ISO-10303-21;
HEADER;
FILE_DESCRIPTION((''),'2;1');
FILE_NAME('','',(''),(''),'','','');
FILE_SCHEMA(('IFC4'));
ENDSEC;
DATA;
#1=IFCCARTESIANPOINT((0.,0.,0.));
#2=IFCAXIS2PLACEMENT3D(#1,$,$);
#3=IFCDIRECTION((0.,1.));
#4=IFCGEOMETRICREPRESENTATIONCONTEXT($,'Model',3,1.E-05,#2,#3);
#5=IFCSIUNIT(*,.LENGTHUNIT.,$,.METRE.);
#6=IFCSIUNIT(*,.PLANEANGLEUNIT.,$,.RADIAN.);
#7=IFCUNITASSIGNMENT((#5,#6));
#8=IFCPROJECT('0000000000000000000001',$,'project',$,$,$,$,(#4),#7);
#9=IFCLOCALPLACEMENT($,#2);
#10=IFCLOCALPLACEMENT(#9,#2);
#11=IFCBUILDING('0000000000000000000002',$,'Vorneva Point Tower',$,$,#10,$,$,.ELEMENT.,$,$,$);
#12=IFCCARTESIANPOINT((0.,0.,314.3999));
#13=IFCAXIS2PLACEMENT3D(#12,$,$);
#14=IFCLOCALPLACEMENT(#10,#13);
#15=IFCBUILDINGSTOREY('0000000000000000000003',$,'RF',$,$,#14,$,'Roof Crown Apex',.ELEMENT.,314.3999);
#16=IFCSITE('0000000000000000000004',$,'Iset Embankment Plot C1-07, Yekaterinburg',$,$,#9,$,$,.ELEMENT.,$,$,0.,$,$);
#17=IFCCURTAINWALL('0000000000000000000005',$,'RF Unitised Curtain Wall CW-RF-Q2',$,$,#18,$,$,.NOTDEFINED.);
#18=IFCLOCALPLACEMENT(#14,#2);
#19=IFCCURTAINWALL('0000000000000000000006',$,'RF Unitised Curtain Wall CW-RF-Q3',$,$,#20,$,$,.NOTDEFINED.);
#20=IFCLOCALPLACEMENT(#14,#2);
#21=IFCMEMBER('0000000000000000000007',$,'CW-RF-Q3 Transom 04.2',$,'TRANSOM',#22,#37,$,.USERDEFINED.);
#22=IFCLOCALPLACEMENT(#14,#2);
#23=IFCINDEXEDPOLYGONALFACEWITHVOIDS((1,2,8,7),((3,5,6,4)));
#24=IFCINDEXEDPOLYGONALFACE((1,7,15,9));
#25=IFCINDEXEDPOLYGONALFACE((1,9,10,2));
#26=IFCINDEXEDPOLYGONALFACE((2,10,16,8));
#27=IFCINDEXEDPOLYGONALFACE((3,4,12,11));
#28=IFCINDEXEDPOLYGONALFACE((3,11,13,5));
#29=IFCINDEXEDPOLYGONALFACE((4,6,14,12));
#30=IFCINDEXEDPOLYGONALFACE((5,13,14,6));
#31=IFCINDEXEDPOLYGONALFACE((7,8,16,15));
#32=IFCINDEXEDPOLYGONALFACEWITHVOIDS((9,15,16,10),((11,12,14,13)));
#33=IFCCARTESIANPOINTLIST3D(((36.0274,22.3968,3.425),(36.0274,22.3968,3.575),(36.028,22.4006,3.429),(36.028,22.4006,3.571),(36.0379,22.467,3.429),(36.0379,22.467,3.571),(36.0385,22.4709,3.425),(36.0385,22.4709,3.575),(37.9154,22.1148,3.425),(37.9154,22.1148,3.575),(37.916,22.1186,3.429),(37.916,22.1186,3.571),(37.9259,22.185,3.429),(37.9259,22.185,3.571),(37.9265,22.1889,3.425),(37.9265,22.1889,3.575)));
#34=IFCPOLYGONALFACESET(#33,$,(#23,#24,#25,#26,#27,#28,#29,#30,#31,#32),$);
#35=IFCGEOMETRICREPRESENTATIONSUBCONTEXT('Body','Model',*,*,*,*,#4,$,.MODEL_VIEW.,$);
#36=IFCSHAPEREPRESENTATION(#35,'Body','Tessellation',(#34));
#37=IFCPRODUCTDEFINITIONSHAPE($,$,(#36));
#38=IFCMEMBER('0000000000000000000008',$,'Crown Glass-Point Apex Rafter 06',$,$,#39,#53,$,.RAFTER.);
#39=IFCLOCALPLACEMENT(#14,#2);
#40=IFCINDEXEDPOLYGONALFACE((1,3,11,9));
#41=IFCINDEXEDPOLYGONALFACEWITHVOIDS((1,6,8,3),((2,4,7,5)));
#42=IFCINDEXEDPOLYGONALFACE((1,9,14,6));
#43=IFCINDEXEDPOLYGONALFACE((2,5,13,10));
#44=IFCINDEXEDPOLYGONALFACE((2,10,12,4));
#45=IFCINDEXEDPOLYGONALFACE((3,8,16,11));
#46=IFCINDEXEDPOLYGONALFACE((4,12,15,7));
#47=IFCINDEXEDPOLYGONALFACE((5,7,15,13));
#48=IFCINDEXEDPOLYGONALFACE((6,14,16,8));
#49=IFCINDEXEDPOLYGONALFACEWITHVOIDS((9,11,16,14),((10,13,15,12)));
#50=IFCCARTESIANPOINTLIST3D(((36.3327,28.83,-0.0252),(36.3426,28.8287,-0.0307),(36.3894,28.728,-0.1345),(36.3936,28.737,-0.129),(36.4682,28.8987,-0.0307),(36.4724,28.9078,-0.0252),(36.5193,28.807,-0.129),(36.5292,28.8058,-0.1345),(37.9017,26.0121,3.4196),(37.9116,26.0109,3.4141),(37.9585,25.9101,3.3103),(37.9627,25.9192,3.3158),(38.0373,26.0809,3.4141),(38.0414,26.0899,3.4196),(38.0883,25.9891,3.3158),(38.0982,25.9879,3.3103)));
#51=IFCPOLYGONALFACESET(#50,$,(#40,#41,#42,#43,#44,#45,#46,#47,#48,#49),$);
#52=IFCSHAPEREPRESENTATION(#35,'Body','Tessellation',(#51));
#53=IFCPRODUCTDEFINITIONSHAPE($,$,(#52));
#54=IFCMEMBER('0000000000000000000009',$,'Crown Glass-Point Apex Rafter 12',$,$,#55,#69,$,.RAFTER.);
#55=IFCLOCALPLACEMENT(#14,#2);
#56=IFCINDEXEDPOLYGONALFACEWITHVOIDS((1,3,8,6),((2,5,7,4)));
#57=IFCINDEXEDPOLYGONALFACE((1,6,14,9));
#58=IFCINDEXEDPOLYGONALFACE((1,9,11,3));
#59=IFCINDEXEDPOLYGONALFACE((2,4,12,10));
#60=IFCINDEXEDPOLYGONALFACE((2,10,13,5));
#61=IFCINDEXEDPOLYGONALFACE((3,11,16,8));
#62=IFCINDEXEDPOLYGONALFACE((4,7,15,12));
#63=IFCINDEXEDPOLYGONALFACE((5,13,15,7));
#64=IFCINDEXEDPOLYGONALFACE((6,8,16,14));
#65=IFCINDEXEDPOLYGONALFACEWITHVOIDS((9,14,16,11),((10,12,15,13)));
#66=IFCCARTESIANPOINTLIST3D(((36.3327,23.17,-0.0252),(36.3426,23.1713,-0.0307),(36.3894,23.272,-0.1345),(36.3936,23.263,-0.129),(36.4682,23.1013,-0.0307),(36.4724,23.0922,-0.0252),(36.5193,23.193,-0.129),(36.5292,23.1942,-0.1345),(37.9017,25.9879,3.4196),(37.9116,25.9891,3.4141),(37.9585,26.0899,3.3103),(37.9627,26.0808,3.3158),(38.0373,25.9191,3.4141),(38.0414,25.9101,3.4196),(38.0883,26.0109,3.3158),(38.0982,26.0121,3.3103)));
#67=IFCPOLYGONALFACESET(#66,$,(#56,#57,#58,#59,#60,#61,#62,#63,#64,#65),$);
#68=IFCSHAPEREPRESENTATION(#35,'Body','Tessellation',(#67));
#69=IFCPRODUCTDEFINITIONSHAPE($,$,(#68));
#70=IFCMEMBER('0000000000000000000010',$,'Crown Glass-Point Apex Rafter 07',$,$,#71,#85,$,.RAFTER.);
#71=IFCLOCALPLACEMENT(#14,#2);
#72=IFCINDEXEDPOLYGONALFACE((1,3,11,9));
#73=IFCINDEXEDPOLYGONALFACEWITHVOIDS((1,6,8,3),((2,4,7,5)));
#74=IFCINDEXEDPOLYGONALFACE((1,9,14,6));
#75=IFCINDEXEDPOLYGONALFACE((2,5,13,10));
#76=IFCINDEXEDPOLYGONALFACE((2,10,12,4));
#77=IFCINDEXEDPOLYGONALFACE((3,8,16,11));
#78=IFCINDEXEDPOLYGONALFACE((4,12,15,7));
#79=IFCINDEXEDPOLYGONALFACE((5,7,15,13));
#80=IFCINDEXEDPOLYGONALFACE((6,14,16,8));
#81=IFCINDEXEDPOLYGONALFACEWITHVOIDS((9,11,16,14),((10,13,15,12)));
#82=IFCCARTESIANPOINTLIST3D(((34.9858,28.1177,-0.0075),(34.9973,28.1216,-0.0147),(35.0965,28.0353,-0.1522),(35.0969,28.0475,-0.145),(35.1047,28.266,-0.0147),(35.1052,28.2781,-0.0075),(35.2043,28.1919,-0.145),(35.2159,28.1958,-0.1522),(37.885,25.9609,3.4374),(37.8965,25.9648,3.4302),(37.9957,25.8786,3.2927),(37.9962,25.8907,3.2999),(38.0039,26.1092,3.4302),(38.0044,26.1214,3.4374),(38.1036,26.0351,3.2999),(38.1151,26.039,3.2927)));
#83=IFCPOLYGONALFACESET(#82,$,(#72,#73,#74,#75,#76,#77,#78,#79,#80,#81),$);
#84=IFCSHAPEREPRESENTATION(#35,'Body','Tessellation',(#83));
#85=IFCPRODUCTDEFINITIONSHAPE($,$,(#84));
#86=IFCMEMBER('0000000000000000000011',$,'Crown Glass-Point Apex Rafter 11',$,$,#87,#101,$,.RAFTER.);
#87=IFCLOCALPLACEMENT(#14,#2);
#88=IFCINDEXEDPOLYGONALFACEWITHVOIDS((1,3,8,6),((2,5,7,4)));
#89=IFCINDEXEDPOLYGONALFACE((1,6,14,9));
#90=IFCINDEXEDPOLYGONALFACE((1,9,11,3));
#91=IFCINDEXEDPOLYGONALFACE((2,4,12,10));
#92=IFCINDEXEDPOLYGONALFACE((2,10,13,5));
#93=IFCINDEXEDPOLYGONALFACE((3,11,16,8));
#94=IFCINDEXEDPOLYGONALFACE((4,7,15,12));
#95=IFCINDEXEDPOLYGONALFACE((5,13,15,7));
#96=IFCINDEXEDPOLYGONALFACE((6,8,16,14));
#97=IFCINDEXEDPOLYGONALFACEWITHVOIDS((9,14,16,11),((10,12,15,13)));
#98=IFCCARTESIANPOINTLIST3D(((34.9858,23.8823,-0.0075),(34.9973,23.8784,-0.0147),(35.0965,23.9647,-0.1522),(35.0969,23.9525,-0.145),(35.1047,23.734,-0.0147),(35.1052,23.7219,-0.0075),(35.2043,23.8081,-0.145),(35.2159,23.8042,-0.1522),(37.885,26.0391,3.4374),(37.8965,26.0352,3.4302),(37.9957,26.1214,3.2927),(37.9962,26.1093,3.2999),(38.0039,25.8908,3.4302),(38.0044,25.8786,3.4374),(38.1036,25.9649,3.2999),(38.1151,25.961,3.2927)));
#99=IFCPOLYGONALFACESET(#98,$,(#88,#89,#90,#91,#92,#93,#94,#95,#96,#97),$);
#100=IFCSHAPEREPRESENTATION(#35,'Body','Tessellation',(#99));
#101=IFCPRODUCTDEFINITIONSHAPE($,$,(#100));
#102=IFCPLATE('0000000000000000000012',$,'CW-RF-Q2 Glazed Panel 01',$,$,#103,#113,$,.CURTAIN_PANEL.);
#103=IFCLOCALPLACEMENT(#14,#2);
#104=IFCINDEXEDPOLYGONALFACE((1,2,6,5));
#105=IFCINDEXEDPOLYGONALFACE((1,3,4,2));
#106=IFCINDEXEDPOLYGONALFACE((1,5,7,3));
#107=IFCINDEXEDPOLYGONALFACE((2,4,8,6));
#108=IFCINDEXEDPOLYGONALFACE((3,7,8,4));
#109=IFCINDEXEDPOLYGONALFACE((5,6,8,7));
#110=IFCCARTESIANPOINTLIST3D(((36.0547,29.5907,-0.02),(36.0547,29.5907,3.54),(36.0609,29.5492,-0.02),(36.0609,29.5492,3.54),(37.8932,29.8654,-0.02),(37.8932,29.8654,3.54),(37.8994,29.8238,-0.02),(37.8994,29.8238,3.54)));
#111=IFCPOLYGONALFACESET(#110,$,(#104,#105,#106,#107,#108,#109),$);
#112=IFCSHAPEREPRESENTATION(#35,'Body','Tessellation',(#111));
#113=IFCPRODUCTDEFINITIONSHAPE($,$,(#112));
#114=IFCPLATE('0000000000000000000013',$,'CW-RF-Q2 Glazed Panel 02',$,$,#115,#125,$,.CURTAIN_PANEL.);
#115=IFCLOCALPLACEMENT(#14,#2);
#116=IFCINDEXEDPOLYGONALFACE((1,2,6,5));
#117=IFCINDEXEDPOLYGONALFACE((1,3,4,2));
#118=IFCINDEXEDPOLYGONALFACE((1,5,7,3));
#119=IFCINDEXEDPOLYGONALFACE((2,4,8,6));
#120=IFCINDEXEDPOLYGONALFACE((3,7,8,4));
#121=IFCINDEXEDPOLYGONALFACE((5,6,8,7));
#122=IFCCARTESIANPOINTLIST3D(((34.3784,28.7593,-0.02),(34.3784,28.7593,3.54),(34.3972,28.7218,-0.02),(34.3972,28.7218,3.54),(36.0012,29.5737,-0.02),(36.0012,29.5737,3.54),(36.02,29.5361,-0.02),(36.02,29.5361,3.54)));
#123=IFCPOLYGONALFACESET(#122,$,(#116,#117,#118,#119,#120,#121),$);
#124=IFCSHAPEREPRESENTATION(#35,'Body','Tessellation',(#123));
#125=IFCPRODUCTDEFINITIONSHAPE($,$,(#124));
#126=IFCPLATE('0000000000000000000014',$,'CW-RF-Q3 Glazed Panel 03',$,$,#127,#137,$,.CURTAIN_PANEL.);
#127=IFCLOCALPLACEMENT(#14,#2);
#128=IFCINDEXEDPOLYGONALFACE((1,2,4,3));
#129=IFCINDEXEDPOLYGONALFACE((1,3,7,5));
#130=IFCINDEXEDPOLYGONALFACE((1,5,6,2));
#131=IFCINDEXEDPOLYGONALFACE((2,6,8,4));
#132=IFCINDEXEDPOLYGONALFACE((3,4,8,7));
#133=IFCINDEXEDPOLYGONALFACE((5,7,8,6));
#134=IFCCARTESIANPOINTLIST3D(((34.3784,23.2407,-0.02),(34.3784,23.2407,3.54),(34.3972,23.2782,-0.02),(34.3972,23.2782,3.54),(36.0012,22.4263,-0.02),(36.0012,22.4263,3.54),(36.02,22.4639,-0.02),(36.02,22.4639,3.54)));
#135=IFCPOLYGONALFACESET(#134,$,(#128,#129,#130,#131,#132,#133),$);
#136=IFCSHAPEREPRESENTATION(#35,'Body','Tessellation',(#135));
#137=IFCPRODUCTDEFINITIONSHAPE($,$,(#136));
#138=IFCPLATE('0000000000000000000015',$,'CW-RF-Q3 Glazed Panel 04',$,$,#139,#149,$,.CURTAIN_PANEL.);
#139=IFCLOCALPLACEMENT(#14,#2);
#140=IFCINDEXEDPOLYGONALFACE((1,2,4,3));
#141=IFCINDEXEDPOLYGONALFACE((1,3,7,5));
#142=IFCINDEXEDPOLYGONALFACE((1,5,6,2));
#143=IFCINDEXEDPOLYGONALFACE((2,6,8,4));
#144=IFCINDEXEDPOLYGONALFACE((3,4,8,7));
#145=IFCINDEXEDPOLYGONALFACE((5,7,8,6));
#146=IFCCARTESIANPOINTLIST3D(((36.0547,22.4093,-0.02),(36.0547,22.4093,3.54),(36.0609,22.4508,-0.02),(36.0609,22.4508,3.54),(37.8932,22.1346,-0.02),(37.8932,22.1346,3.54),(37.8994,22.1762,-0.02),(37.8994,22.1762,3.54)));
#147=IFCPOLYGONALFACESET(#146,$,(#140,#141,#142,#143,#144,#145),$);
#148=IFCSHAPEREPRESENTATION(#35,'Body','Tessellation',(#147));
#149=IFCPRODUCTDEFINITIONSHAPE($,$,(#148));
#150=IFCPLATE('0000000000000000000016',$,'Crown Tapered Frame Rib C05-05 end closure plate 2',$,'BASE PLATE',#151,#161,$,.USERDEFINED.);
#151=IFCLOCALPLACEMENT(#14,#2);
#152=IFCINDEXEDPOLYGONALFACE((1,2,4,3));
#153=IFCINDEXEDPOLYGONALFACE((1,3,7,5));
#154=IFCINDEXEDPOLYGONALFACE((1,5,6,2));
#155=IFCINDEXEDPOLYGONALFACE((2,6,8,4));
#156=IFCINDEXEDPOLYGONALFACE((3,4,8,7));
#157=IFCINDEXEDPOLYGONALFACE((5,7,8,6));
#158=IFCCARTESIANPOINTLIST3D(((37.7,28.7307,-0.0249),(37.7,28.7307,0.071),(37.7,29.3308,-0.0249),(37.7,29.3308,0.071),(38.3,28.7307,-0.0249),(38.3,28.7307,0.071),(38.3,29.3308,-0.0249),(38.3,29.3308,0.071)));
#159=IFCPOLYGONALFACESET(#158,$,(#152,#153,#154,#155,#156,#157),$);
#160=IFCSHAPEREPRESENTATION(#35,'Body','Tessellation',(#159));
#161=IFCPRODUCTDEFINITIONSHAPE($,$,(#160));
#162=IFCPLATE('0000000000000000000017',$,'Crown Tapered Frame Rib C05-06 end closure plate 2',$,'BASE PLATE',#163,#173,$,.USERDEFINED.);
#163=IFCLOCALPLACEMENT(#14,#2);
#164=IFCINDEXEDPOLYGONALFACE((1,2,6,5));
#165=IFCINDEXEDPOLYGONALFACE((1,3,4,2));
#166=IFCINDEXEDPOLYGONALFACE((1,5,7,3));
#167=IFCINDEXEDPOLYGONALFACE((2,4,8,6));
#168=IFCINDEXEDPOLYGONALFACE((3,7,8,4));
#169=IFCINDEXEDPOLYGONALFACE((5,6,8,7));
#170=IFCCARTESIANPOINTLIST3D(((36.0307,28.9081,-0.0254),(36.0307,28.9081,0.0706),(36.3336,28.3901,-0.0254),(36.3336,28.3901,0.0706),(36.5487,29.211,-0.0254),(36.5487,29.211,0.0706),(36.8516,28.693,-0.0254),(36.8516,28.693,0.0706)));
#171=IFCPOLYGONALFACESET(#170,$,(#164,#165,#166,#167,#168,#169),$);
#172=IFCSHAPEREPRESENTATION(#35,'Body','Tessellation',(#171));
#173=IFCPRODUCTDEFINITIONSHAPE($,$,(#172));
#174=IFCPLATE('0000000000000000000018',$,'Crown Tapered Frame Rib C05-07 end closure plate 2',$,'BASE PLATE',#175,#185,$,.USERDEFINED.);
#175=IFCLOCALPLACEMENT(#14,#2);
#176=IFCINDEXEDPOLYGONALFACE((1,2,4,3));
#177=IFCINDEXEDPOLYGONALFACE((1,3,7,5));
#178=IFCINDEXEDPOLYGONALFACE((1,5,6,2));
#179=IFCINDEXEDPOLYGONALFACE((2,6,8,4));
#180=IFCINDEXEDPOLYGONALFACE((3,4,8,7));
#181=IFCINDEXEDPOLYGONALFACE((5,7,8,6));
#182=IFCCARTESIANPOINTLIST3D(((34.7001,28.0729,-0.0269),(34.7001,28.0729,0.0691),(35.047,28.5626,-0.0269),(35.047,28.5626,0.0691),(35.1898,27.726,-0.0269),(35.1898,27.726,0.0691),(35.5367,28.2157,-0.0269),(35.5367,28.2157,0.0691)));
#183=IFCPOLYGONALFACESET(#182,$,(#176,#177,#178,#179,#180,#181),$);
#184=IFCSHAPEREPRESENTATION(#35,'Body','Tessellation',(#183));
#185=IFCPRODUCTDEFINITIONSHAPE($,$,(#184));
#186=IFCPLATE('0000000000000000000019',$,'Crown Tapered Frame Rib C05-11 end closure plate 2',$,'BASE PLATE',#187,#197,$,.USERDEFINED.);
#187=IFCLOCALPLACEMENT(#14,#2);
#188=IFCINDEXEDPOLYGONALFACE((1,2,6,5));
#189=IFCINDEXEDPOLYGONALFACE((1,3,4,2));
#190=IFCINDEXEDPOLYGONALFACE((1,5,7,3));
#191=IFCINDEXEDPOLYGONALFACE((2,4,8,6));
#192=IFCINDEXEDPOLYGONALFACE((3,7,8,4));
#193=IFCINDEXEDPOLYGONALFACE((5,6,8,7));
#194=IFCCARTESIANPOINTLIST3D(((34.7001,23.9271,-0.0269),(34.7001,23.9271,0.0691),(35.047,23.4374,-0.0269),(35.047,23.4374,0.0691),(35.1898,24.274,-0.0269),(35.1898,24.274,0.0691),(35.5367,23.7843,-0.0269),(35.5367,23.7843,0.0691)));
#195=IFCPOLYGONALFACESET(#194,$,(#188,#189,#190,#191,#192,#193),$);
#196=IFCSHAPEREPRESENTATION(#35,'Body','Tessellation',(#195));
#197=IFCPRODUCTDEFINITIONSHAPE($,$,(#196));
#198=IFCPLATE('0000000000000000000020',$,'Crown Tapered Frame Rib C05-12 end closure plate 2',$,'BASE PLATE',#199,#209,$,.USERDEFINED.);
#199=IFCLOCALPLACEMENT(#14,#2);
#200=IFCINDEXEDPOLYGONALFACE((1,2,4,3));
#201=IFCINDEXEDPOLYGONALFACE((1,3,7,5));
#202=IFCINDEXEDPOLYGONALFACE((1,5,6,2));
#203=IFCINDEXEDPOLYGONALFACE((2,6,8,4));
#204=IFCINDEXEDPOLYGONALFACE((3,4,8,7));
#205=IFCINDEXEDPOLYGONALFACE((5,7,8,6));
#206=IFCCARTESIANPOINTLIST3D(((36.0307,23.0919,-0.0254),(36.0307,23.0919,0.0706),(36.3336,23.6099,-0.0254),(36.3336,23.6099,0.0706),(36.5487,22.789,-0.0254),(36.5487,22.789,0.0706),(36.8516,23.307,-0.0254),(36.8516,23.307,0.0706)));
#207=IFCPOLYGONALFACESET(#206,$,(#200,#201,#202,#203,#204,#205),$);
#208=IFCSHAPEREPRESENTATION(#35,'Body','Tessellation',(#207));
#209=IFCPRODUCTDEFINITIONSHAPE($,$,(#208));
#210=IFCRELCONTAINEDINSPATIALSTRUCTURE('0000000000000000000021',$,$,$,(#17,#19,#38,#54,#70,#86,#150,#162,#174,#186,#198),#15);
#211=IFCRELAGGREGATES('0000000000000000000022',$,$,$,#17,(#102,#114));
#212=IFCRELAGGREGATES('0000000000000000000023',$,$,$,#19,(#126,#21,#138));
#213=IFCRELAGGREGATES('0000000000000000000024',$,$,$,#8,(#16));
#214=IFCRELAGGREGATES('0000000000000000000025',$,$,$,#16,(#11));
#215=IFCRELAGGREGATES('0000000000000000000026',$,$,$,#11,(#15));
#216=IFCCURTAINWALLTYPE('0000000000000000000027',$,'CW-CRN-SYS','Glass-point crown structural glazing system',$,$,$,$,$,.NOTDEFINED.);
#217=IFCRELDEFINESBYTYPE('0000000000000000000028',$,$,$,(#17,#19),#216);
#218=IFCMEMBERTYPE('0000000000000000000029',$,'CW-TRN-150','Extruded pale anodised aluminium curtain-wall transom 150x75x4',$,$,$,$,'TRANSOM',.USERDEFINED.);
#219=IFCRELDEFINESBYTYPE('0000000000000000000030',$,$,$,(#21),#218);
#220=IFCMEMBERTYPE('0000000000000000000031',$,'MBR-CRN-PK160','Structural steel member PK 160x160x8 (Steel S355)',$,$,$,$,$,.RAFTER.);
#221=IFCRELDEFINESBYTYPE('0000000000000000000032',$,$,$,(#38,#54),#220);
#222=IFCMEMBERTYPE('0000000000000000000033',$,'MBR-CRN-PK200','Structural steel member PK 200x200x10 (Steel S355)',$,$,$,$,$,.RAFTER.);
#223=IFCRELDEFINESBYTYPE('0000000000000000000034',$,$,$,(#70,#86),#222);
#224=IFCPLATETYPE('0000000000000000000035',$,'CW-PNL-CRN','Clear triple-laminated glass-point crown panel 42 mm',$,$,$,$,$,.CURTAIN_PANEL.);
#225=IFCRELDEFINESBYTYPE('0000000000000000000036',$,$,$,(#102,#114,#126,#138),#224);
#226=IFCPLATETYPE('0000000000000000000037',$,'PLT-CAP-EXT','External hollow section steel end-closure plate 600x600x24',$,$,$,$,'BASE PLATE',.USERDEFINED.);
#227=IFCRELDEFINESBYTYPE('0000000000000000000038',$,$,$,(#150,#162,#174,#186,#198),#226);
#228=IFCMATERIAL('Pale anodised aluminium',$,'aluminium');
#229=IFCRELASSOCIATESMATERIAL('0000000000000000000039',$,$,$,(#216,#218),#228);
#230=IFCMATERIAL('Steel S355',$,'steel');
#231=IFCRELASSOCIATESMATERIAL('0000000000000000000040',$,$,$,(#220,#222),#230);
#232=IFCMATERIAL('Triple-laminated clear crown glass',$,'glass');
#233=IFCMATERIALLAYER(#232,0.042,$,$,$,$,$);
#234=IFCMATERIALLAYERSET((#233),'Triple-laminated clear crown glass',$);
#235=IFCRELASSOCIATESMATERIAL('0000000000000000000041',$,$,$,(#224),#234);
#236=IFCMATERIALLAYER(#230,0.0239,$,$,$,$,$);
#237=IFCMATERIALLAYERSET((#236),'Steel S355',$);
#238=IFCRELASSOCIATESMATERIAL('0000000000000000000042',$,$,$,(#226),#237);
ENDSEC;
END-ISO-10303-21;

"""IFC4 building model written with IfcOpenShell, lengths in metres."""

from ifc_helpers import new_model, si_unit, direction, frame, origin, origin_2d, place, context, subcontext, project, spatial, rectangle, hollow_rectangle, extrude, material, layer, layer_set, material_profile, profile_set, type_object, element, aggregate, save


model = new_model("IFC4")

# Units and contexts
model_context = context("Model", 3, precision=1e-05, world=origin(), true_north=direction((0.0, 1.0)))
body_context = subcontext(model_context, "Body", "Model", "MODEL_VIEW")
ifc_project = project(units=[si_unit("LENGTHUNIT", "METRE"), si_unit("PLANEANGLEUNIT", "RADIAN")], contexts=[model_context])

# Site, building, storey
site_placement = place(None, origin())
site = spatial("IfcSite", under=ifc_project, at=site_placement, Name="Iset Embankment Plot C1-07, Yekaterinburg", CompositionType="ELEMENT", RefElevation=0.0)
building_placement = place(site_placement, origin())
building = spatial("IfcBuilding", under=site, at=building_placement, Name="Vorneva Point Tower", CompositionType="ELEMENT")
storey_placement = place(building_placement, frame((0.0, 0.0, 314.3999)))
storey = spatial("IfcBuildingStorey", under=building, at=storey_placement, Name="RF", LongName="Roof Crown Apex", CompositionType="ELEMENT", Elevation=314.3999)

# Curtain walls
ifc_material_1 = material(Name="Pale anodised aluminium", Category="aluminium")
curtain_wall_type = type_object("IfcCurtainWallType", Name="CW-CRN-SYS", Description="Glass-point crown structural glazing system", PredefinedType="NOTDEFINED", material=ifc_material_1)
curtain_wall_1_placement = place(storey_placement, origin())
curtain_wall_1 = element("IfcCurtainWall", 1, at=curtain_wall_1_placement, inside=storey, type_object=curtain_wall_type, Name="RF Unitised Curtain Wall CW-RF-Q2", PredefinedType="NOTDEFINED")
curtain_wall_2_placement = place(storey_placement, origin())
curtain_wall_2 = element("IfcCurtainWall", 2, at=curtain_wall_2_placement, inside=storey, type_object=curtain_wall_type, Name="RF Unitised Curtain Wall CW-RF-Q3", PredefinedType="NOTDEFINED")

# Member
ifc_material_profile_1 = material_profile(ifc_material_1, hollow_rectangle(XDim=0.075, YDim=0.1499, WallThickness=0.0039, at=origin_2d()), Name="AL-TRN 150x75x4")
ifc_profile_set_1 = profile_set([ifc_material_profile_1], Name="Pale anodised aluminium")
member_type_1 = type_object("IfcMemberType", Name="CW-TRN-150", Description="Extruded pale anodised aluminium curtain-wall transom 150x75x4", ElementType="TRANSOM", PredefinedType="USERDEFINED", material=ifc_profile_set_1)
member_1_placement = place(storey_placement, frame((36.033, 22.4338, 3.5), z_axis=(0.989029, -0.147721, 0.0), x_axis=(0.147721, 0.989029, 0.0)))
member_1 = element("IfcMember", 3, at=member_1_placement, type_object=member_type_1, Name="CW-RF-Q3 Transom 04.2", ObjectType="TRANSOM", PredefinedType="USERDEFINED", context=body_context, shape_type="SweptSolid", body=[
    extrude(hollow_rectangle(XDim=0.075, YDim=0.1499, WallThickness=0.0039, at=origin_2d()), origin(), (0.0, 0.0, 1.0), 1.9089),
])

# Members
ifc_material_2 = material(Name="Steel S355", Category="steel")
ifc_material_profile_2 = material_profile(ifc_material_2, hollow_rectangle(XDim=0.1599, YDim=0.1599, WallThickness=0.0081, at=origin_2d()), Name="PK 160x160x8")
ifc_profile_set_2 = profile_set([ifc_material_profile_2], Name="Steel S355")
member_type_2 = type_object("IfcMemberType", Name="MBR-CRN-PK160", Description="Structural steel member PK 160x160x8 (Steel S355)", PredefinedType="RAFTER", material=ifc_profile_set_2)
for number, where, z_axis, x_axis, name in (
    (4, (36.4309, 28.8179, -0.0798), (0.332503, -0.597129, 0.729985), (0.873682, 0.486497, 0.0), "Crown Glass-Point Apex Rafter 06"),
    (5, (36.4309, 23.1821, -0.0798), (0.332503, 0.597129, 0.729985), (-0.873682, 0.486497, 0.0), "Crown Glass-Point Apex Rafter 12"),
):
    element("IfcMember", number, at=place(storey_placement, frame(where, z_axis=z_axis, x_axis=x_axis)), inside=storey, type_object=member_type_2, Name=name, PredefinedType="RAFTER", context=body_context, shape_type="SweptSolid", body=[
        extrude(hollow_rectangle(XDim=0.1599, YDim=0.1599, WallThickness=0.0081, at=origin_2d()), origin(), (0.0, 0.0, 1.0), 4.719),
    ])
ifc_material_profile_3 = material_profile(ifc_material_2, hollow_rectangle(XDim=0.2, YDim=0.2, WallThickness=0.01, at=origin_2d()), Name="PK 200x200x10")
ifc_profile_set_3 = profile_set([ifc_material_profile_3], Name="Steel S355")
member_type_3 = type_object("IfcMemberType", Name="MBR-CRN-PK200", Description="Structural steel member PK 200x200x10 (Steel S355)", PredefinedType="RAFTER", material=ifc_profile_set_3)
for number, where, z_axis, x_axis, name in (
    (6, (35.1008, 28.1567, -0.0798), (0.580723, -0.432009, 0.690021), (0.596871, 0.802337, 0.0), "Crown Glass-Point Apex Rafter 07"),
    (7, (35.1008, 23.8433, -0.0798), (0.580723, 0.432009, 0.690021), (-0.596871, 0.802337, 0.0), "Crown Glass-Point Apex Rafter 11"),
):
    element("IfcMember", number, at=place(storey_placement, frame(where, z_axis=z_axis, x_axis=x_axis)), inside=storey, type_object=member_type_3, Name=name, PredefinedType="RAFTER", context=body_context, shape_type="SweptSolid", body=[
        extrude(hollow_rectangle(XDim=0.2, YDim=0.2, WallThickness=0.01, at=origin_2d()), origin(), (0.0, 0.0, 1.0), 4.9924),
    ])

# Plates
ifc_material_3 = material(Name="Triple-laminated clear crown glass", Category="glass")
ifc_layer_1 = layer(ifc_material_3, 0.042)
ifc_layer_set_1 = layer_set([ifc_layer_1], Name="Triple-laminated clear crown glass")
plate_type_1 = type_object("IfcPlateType", Name="CW-PNL-CRN", Description="Clear triple-laminated glass-point crown panel 42 mm", PredefinedType="CURTAIN_PANEL", material=ifc_layer_set_1)
plate_1_placement = place(storey_placement, frame((36.9771, 29.7073, -0.02), z_axis=(0.0, 0.0, 1.0), x_axis=(-0.989026, -0.14774, 0.0)))
plate_1 = element("IfcPlate", 8, at=plate_1_placement, type_object=plate_type_1, Name="CW-RF-Q2 Glazed Panel 01", PredefinedType="CURTAIN_PANEL", context=body_context, shape_type="SweptSolid", body=[
    extrude(rectangle(XDim=1.8589, YDim=0.042, at=origin_2d()), origin(), (0.0, 0.0, 1.0), 3.5601),
])
plate_2_placement = place(storey_placement, frame((35.1992, 29.1477, -0.02), z_axis=(0.0, 0.0, 1.0), x_axis=(-0.893771, -0.448524, 0.0)))
plate_2 = element("IfcPlate", 9, at=plate_2_placement, type_object=plate_type_1, Name="CW-RF-Q2 Glazed Panel 02", PredefinedType="CURTAIN_PANEL", context=body_context, shape_type="SweptSolid", body=[
    extrude(rectangle(XDim=1.8157, YDim=0.042, at=origin_2d()), origin(), (0.0, 0.0, 1.0), 3.5601),
])
aggregate(curtain_wall_1, [plate_1, plate_2])
plate_3_placement = place(storey_placement, frame((35.1992, 22.8523, -0.02), z_axis=(0.0, 0.0, 1.0), x_axis=(0.893771, -0.448524, 0.0)))
plate_3 = element("IfcPlate", 10, at=plate_3_placement, type_object=plate_type_1, Name="CW-RF-Q3 Glazed Panel 03", PredefinedType="CURTAIN_PANEL", context=body_context, shape_type="SweptSolid", body=[
    extrude(rectangle(XDim=1.8157, YDim=0.042, at=origin_2d()), origin(), (0.0, 0.0, 1.0), 3.5601),
])
plate_4_placement = place(storey_placement, frame((36.9771, 22.2927, -0.02), z_axis=(0.0, 0.0, 1.0), x_axis=(0.989026, -0.14774, 0.0)))
plate_4 = element("IfcPlate", 11, at=plate_4_placement, type_object=plate_type_1, Name="CW-RF-Q3 Glazed Panel 04", PredefinedType="CURTAIN_PANEL", context=body_context, shape_type="SweptSolid", body=[
    extrude(rectangle(XDim=1.8589, YDim=0.042, at=origin_2d()), origin(), (0.0, 0.0, 1.0), 3.5601),
])
aggregate(curtain_wall_2, [plate_3, member_1, plate_4])

# Plates
ifc_layer_2 = layer(ifc_material_2, 0.0239)
ifc_layer_set_2 = layer_set([ifc_layer_2], Name="Steel S355")
plate_type_2 = type_object("IfcPlateType", Name="PLT-CAP-EXT", Description="External hollow section steel end-closure plate 600x600x24", ElementType="BASE PLATE", PredefinedType="USERDEFINED", material=ifc_layer_set_2)
for number, where, z_axis, x_axis, name in (
    (12, (38.0, 29.0308, -0.0249), (0.0, 0.0, 1.0), (0.0, -1.0, 0.0), "Crown Tapered Frame Rib C05-05 end closure plate 2"),
    (13, (36.4412, 28.8005, -0.0254), (0.0, 0.0, 1.0), (0.504844, -0.863211, 0.0), "Crown Tapered Frame Rib C05-06 end closure plate 2"),
    (14, (35.1184, 28.1443, -0.0269), (0.0, 0.0, 1.0), (0.816047, -0.577986, 0.0), "Crown Tapered Frame Rib C05-07 end closure plate 2"),
    (15, (35.1184, 23.8557, -0.0269), (0.0, 0.0, 1.0), (0.816047, 0.577986, 0.0), "Crown Tapered Frame Rib C05-11 end closure plate 2"),
    (16, (36.4412, 23.1995, -0.0254), (0.0, 0.0, 1.0), (0.504844, 0.863211, 0.0), "Crown Tapered Frame Rib C05-12 end closure plate 2"),
):
    element("IfcPlate", number, at=place(storey_placement, frame(where, z_axis=z_axis, x_axis=x_axis)), inside=storey, type_object=plate_type_2, Name=name, ObjectType="BASE PLATE", PredefinedType="USERDEFINED", context=body_context, shape_type="SweptSolid", body=[
        extrude(rectangle(XDim=0.6001, YDim=0.6001, at=origin_2d()), origin(), (0.0, 0.0, 1.0), 0.0959),
    ])

save(model, "model.ifc")
